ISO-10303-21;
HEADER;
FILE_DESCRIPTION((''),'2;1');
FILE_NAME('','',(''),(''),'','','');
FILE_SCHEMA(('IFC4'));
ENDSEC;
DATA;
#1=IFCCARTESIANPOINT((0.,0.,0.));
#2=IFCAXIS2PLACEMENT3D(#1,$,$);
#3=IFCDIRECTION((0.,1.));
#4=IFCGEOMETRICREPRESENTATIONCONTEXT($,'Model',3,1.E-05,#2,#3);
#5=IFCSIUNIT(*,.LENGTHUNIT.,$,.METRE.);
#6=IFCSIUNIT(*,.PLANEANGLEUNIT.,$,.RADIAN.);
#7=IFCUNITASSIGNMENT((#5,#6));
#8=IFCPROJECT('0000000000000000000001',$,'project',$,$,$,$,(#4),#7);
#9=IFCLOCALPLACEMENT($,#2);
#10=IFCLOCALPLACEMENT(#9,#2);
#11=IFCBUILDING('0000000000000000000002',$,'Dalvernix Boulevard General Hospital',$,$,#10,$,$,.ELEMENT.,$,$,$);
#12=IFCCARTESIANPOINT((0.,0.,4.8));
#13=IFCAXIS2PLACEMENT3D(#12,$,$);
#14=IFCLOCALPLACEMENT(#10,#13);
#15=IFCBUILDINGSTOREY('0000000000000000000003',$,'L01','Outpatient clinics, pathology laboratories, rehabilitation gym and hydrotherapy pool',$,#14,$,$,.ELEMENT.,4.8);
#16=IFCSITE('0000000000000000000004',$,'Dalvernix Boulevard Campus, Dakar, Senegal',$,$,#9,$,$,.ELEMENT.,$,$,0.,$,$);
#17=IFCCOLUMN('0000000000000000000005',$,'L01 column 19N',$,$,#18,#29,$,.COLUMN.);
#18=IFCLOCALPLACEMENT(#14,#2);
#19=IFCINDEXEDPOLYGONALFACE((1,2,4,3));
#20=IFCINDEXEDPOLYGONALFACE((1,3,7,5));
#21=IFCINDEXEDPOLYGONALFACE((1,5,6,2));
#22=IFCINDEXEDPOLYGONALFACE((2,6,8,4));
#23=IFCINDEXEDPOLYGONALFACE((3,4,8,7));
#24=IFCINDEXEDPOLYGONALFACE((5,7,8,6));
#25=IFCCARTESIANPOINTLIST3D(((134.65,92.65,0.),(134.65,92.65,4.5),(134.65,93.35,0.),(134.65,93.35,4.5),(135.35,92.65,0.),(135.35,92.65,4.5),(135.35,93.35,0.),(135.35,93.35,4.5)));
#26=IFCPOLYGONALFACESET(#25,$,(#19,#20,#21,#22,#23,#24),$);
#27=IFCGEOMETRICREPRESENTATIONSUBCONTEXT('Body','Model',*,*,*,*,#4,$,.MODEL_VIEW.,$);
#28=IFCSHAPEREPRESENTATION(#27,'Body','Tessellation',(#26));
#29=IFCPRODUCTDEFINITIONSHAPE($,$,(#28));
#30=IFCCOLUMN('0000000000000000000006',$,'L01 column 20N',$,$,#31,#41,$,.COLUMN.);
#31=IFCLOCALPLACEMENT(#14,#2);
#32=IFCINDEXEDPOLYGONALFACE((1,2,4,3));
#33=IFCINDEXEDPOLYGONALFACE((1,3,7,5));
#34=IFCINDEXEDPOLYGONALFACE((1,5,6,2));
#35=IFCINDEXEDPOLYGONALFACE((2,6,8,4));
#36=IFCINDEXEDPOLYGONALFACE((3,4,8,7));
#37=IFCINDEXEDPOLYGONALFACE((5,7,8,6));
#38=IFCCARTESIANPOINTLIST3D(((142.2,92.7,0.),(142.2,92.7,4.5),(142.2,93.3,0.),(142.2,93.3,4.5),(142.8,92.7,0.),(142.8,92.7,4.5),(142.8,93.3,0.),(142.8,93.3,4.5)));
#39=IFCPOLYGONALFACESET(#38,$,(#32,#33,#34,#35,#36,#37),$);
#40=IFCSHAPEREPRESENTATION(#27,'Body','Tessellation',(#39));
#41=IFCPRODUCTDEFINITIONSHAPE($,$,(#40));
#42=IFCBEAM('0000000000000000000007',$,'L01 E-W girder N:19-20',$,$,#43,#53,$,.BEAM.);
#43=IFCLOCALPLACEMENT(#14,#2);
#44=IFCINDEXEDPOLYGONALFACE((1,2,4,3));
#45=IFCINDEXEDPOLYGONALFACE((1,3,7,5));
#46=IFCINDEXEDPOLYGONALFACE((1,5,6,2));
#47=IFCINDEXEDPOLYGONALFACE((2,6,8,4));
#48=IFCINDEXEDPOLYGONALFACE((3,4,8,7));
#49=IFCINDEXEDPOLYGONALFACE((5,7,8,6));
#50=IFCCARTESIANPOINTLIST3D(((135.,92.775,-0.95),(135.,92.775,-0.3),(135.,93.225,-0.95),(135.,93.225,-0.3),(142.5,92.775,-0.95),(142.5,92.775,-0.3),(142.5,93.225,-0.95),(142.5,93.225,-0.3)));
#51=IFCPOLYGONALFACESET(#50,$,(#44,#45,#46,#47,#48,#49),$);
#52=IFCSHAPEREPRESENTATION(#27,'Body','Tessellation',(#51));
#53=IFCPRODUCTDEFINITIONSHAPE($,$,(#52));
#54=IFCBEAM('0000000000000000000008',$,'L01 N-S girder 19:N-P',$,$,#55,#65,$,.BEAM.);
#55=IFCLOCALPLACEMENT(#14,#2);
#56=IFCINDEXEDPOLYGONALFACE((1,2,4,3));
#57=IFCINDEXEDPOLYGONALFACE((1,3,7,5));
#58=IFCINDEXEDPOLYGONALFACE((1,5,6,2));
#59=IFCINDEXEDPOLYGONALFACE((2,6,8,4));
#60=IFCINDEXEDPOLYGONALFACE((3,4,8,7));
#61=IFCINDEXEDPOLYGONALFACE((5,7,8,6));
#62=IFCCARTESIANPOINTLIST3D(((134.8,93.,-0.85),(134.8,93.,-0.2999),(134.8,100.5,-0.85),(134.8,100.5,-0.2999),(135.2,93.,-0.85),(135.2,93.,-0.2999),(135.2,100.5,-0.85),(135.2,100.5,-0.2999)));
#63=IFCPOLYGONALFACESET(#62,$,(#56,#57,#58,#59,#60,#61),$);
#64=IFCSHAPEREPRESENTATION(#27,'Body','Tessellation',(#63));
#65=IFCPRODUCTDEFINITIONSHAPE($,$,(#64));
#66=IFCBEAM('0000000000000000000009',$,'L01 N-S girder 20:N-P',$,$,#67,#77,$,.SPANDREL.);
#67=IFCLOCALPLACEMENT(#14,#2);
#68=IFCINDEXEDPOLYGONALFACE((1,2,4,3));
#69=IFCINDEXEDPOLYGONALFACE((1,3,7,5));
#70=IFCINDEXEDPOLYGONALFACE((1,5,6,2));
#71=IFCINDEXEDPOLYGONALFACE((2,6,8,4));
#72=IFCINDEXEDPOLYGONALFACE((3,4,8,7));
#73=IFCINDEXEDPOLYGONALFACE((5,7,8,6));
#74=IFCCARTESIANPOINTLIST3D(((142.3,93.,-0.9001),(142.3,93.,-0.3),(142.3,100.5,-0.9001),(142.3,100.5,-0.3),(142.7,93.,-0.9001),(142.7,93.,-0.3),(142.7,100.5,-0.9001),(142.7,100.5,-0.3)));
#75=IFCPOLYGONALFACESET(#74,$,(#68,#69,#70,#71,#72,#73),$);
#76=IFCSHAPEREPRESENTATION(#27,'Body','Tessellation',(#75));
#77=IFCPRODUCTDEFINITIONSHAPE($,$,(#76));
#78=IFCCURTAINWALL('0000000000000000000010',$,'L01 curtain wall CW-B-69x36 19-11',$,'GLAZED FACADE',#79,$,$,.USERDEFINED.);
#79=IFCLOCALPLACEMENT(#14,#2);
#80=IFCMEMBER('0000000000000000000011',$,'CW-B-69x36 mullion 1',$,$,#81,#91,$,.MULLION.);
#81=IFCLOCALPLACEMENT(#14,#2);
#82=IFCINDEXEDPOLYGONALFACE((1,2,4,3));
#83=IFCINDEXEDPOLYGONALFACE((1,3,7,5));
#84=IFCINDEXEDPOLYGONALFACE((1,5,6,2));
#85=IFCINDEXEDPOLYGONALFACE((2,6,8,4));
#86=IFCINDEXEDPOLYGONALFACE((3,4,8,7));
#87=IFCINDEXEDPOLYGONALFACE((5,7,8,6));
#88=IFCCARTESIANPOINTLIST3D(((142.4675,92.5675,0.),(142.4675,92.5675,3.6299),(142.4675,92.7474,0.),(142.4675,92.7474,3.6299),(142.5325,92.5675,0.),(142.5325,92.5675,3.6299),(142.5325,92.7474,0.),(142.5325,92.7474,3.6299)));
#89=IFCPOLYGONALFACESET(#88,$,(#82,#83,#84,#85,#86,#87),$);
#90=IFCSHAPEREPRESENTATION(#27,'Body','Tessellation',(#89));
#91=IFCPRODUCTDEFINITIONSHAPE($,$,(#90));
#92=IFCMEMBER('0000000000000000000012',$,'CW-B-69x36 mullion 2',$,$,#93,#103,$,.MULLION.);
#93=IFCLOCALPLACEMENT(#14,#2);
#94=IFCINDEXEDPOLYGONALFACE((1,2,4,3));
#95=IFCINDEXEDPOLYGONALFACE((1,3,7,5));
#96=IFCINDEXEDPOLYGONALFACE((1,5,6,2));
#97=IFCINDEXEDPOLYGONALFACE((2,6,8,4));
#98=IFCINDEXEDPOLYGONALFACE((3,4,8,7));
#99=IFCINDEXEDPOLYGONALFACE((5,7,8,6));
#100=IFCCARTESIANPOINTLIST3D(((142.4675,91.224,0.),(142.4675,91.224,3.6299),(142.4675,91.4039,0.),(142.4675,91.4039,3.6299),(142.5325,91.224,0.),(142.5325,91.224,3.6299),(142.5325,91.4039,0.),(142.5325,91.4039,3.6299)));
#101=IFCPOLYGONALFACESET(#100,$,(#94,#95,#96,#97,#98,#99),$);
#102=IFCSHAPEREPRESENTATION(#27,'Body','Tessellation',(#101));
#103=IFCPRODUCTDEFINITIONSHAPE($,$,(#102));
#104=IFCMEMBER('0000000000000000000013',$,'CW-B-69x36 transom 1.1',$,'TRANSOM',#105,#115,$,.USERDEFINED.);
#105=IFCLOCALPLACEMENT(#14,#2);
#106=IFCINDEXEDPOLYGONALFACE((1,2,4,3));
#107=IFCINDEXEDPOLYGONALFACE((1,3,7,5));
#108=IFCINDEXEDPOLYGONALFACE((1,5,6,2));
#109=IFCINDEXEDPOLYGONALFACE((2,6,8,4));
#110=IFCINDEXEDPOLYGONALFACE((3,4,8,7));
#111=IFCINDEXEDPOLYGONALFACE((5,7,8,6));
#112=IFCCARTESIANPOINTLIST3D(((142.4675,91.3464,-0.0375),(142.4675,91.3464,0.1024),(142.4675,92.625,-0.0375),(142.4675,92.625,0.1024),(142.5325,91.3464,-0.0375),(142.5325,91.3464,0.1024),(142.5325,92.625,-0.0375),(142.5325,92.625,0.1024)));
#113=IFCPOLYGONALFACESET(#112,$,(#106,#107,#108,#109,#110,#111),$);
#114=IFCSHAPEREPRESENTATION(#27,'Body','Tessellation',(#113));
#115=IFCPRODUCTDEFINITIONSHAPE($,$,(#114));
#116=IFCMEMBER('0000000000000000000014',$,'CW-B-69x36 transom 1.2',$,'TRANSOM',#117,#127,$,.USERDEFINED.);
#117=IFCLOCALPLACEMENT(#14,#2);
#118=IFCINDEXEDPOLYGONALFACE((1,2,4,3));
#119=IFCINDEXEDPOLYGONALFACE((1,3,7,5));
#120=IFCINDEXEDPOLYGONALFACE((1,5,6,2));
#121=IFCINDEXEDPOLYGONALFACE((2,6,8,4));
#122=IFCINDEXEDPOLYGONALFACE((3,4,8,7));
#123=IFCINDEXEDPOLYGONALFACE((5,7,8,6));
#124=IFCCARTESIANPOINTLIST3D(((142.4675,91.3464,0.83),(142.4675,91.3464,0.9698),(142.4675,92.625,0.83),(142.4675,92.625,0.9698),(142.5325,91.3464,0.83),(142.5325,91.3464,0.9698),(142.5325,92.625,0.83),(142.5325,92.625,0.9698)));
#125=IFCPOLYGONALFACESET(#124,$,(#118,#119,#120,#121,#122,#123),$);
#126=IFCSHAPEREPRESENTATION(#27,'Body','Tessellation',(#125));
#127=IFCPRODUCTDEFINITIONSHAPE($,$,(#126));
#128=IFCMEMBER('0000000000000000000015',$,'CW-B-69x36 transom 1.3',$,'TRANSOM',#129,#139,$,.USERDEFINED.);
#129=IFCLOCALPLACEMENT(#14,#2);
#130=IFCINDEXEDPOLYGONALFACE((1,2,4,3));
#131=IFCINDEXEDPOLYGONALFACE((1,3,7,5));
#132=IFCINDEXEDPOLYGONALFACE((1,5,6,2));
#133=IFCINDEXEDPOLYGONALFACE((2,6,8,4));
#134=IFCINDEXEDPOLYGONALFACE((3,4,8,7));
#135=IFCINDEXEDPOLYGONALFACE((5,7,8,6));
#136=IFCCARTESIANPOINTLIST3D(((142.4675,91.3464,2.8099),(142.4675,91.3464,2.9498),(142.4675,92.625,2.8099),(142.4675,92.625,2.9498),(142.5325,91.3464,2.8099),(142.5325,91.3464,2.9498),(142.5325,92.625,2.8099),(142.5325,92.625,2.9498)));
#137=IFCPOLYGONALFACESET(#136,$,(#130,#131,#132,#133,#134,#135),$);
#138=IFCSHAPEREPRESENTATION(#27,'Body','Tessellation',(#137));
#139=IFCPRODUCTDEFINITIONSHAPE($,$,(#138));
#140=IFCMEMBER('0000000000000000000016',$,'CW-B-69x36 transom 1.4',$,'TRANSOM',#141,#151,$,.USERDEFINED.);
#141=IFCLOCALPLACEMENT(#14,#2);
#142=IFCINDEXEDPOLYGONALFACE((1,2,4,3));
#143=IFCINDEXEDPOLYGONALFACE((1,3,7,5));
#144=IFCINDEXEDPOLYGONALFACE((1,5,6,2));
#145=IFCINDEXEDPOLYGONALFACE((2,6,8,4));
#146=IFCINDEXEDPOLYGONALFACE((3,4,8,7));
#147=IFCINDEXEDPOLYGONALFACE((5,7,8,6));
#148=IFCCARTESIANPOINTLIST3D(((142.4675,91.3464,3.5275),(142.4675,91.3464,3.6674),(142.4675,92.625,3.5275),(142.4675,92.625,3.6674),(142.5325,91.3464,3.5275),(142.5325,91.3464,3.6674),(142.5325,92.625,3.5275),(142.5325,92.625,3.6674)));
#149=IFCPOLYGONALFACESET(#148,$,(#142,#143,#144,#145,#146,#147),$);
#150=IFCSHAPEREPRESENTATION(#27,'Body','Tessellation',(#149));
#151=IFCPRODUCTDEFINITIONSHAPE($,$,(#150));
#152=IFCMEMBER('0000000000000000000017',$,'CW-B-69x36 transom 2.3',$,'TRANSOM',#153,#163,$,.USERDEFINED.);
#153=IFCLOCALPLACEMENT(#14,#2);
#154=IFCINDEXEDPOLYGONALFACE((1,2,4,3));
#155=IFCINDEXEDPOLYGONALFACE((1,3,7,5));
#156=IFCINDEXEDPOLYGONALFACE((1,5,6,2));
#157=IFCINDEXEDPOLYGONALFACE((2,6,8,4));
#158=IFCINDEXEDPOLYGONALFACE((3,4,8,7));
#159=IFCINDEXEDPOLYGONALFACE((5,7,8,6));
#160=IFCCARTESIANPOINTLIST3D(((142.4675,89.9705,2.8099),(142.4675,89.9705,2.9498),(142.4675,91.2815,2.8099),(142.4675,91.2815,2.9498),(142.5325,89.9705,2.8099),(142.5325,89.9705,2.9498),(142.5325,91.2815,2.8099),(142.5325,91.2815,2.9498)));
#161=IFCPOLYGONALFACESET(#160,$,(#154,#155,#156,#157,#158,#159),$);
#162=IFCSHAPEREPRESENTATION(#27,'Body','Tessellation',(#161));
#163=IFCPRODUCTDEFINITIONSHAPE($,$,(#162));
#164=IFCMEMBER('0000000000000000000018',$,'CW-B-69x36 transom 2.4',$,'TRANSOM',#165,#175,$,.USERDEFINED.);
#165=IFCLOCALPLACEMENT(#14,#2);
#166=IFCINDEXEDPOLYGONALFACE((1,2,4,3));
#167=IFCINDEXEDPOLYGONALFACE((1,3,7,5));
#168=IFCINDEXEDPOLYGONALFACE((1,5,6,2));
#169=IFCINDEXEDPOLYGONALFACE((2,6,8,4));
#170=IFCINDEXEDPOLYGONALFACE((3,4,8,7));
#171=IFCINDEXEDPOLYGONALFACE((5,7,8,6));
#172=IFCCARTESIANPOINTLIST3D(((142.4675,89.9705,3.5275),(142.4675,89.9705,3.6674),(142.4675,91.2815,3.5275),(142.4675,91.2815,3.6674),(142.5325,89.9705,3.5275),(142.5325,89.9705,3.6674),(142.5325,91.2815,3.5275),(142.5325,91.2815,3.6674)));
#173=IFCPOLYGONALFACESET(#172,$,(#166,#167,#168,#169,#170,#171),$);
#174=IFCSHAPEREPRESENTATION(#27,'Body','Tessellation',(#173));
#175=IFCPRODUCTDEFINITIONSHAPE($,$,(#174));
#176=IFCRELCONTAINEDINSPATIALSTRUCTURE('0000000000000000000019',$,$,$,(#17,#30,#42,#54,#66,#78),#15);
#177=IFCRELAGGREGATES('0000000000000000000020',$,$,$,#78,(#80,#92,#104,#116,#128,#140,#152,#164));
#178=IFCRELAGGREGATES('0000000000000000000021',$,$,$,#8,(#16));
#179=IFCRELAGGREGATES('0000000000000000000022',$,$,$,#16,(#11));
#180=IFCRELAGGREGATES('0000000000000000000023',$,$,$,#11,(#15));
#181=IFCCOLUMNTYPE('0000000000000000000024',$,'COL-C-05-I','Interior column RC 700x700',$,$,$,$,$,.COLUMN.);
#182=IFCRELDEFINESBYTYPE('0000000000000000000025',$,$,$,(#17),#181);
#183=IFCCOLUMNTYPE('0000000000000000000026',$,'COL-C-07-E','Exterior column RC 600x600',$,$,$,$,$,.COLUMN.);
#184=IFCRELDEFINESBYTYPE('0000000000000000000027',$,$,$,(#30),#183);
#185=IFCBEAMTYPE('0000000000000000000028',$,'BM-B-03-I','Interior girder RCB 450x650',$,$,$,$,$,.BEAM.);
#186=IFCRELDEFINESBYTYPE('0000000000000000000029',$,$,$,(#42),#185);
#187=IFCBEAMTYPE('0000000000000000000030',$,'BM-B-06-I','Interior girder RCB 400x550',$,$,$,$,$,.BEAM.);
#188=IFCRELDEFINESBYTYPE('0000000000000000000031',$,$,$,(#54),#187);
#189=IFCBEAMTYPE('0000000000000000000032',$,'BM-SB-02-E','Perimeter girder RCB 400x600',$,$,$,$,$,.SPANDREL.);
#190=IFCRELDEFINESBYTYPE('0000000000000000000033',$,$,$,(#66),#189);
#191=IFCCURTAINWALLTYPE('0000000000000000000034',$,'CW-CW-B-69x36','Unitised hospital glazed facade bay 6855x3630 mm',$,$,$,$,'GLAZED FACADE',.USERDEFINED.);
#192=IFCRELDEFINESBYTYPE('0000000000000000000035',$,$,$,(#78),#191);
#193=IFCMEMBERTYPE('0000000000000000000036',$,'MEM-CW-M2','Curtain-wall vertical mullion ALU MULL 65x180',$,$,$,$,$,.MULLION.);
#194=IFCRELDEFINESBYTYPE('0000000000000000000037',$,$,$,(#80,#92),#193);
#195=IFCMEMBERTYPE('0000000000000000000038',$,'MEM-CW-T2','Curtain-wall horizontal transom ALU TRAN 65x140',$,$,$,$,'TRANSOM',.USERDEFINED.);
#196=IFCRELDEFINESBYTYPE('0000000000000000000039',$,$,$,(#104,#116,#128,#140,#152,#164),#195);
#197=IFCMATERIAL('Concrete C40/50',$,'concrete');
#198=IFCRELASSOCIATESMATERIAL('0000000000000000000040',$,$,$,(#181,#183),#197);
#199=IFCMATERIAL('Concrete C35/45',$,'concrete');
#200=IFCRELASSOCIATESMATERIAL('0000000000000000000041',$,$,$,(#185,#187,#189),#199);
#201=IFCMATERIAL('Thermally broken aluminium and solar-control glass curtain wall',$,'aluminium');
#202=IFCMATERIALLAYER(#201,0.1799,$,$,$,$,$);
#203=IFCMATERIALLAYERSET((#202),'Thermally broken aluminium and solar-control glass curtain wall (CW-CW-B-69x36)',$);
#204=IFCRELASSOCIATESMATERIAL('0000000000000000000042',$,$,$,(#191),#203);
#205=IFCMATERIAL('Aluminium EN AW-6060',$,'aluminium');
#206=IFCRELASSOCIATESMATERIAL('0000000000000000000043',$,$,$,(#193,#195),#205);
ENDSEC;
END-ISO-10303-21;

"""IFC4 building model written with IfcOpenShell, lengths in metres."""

from ifc_helpers import new_model, si_unit, direction, frame, origin, origin_2d, place, context, subcontext, project, spatial, rectangle, extrude, material, layer, layer_set, material_profile, profile_set, type_object, element, aggregate, save


model = new_model("IFC4")

# Units and contexts
model_context = context("Model", 3, precision=1e-05, world=origin(), true_north=direction((0.0, 1.0)))
body_context = subcontext(model_context, "Body", "Model", "MODEL_VIEW")
ifc_project = project(units=[si_unit("LENGTHUNIT", "METRE"), si_unit("PLANEANGLEUNIT", "RADIAN")], contexts=[model_context])

# Site, building, storey
site_placement = place(None, origin())
site = spatial("IfcSite", under=ifc_project, at=site_placement, Name="Dalvernix Boulevard Campus, Dakar, Senegal", CompositionType="ELEMENT", RefElevation=0.0)
building_placement = place(site_placement, origin())
building = spatial("IfcBuilding", under=site, at=building_placement, Name="Dalvernix Boulevard General Hospital", CompositionType="ELEMENT")
storey_placement = place(building_placement, frame((0.0, 0.0, 4.8)))
storey = spatial("IfcBuildingStorey", under=building, at=storey_placement, Name="L01", Description="Outpatient clinics, pathology laboratories, rehabilitation gym and hydrotherapy pool", CompositionType="ELEMENT", Elevation=4.8)

# Columns
ifc_material_1 = material(Name="Concrete C40/50", Category="concrete")
ifc_material_profile_1 = material_profile(ifc_material_1, rectangle(XDim=0.7, YDim=0.7, at=origin_2d()), Name="RC 700x700")
ifc_profile_set_1 = profile_set([ifc_material_profile_1], Name="Concrete C40/50")
column_type_1 = type_object("IfcColumnType", Name="COL-C-05-I", Description="Interior column RC 700x700", PredefinedType="COLUMN", material=ifc_profile_set_1)
column_1_placement = place(storey_placement, frame((135.0, 93.0, 0.0), z_axis=(0.0, 0.0, 1.0), x_axis=(1.0, 0.0, 0.0)))
element("IfcColumn", 1, at=column_1_placement, inside=storey, type_object=column_type_1, Name="L01 column 19N", PredefinedType="COLUMN", context=body_context, shape_type="SweptSolid", body=[
    extrude(rectangle(XDim=0.7, YDim=0.7, at=origin_2d()), origin(), (0.0, 0.0, 1.0), 4.5),
])
ifc_material_profile_2 = material_profile(ifc_material_1, rectangle(XDim=0.6001, YDim=0.6001, at=origin_2d()), Name="RC 600x600")
ifc_profile_set_2 = profile_set([ifc_material_profile_2], Name="Concrete C40/50")
column_type_2 = type_object("IfcColumnType", Name="COL-C-07-E", Description="Exterior column RC 600x600", PredefinedType="COLUMN", material=ifc_profile_set_2)
column_2_placement = place(storey_placement, frame((142.5, 93.0, 0.0), z_axis=(0.0, 0.0, 1.0), x_axis=(1.0, 0.0, 0.0)))
element("IfcColumn", 2, at=column_2_placement, inside=storey, type_object=column_type_2, Name="L01 column 20N", PredefinedType="COLUMN", context=body_context, shape_type="SweptSolid", body=[
    extrude(rectangle(XDim=0.6001, YDim=0.6001, at=origin_2d()), origin(), (0.0, 0.0, 1.0), 4.5),
])

# Beams
ifc_material_2 = material(Name="Concrete C35/45", Category="concrete")
ifc_material_profile_3 = material_profile(ifc_material_2, rectangle(XDim=0.45, YDim=0.6499, at=origin_2d()), Name="RCB 450x650")
ifc_profile_set_3 = profile_set([ifc_material_profile_3], Name="Concrete C35/45")
beam_type_1 = type_object("IfcBeamType", Name="BM-B-03-I", Description="Interior girder RCB 450x650", PredefinedType="BEAM", material=ifc_profile_set_3)
beam_1_placement = place(storey_placement, frame((135.0, 93.0, -0.625), z_axis=(1.0, 0.0, 0.0), x_axis=(0.0, 1.0, 0.0)))
element("IfcBeam", 3, at=beam_1_placement, inside=storey, type_object=beam_type_1, Name="L01 E-W girder N:19-20", PredefinedType="BEAM", context=body_context, shape_type="SweptSolid", body=[
    extrude(rectangle(XDim=0.45, YDim=0.6499, at=origin_2d()), origin(), (0.0, 0.0, 1.0), 7.5),
])
ifc_material_profile_4 = material_profile(ifc_material_2, rectangle(XDim=0.3999, YDim=0.55, at=origin_2d()), Name="RCB 400x550")
ifc_profile_set_4 = profile_set([ifc_material_profile_4], Name="Concrete C35/45")
beam_type_2 = type_object("IfcBeamType", Name="BM-B-06-I", Description="Interior girder RCB 400x550", PredefinedType="BEAM", material=ifc_profile_set_4)
beam_2_placement = place(storey_placement, frame((135.0, 93.0, -0.575), z_axis=(0.0, 1.0, 0.0), x_axis=(-1.0, 0.0, 0.0)))
element("IfcBeam", 4, at=beam_2_placement, inside=storey, type_object=beam_type_2, Name="L01 N-S girder 19:N-P", PredefinedType="BEAM", context=body_context, shape_type="SweptSolid", body=[
    extrude(rectangle(XDim=0.3999, YDim=0.55, at=origin_2d()), origin(), (0.0, 0.0, 1.0), 7.5),
])
ifc_material_profile_5 = material_profile(ifc_material_2, rectangle(XDim=0.3999, YDim=0.6001, at=origin_2d()), Name="RCB 400x600")
ifc_profile_set_5 = profile_set([ifc_material_profile_5], Name="Concrete C35/45")
beam_type_3 = type_object("IfcBeamType", Name="BM-SB-02-E", Description="Perimeter girder RCB 400x600", PredefinedType="SPANDREL", material=ifc_profile_set_5)
beam_3_placement = place(storey_placement, frame((142.5, 93.0, -0.6001), z_axis=(0.0, 1.0, 0.0), x_axis=(-1.0, 0.0, 0.0)))
element("IfcBeam", 5, at=beam_3_placement, inside=storey, type_object=beam_type_3, Name="L01 N-S girder 20:N-P", PredefinedType="SPANDREL", context=body_context, shape_type="SweptSolid", body=[
    extrude(rectangle(XDim=0.3999, YDim=0.6001, at=origin_2d()), origin(), (0.0, 0.0, 1.0), 7.5),
])

# Curtain wall, members
ifc_material_3 = material(Name="Thermally broken aluminium and solar-control glass curtain wall", Category="aluminium")
ifc_layer_1 = layer(ifc_material_3, 0.1799)
ifc_layer_set_1 = layer_set([ifc_layer_1], Name="Thermally broken aluminium and solar-control glass curtain wall (CW-CW-B-69x36)")
curtain_wall_type = type_object("IfcCurtainWallType", Name="CW-CW-B-69x36", Description="Unitised hospital glazed facade bay 6855x3630 mm", ElementType="GLAZED FACADE", PredefinedType="USERDEFINED", material=ifc_layer_set_1)
curtain_wall_placement = place(storey_placement, origin())
curtain_wall = element("IfcCurtainWall", 6, at=curtain_wall_placement, inside=storey, type_object=curtain_wall_type, Name="L01 curtain wall CW-B-69x36 19-11", ObjectType="GLAZED FACADE", PredefinedType="USERDEFINED")
ifc_material_4 = material(Name="Aluminium EN AW-6060", Category="aluminium")
ifc_material_profile_6 = material_profile(ifc_material_4, rectangle(XDim=0.0649, YDim=0.1799, at=origin_2d()), Name="ALU MULL 65x180")
ifc_profile_set_6 = profile_set([ifc_material_profile_6], Name="Aluminium EN AW-6060")
member_type_1 = type_object("IfcMemberType", Name="MEM-CW-M2", Description="Curtain-wall vertical mullion ALU MULL 65x180", PredefinedType="MULLION", material=ifc_profile_set_6)
member_1_placement = place(storey_placement, frame((142.5, 92.6575, 0.0), z_axis=(0.0, 0.0, 1.0), x_axis=(1.0, 0.0, 0.0)))
member_1 = element("IfcMember", 7, at=member_1_placement, type_object=member_type_1, Name="CW-B-69x36 mullion 1", PredefinedType="MULLION", context=body_context, shape_type="SweptSolid", body=[
    extrude(rectangle(XDim=0.0649, YDim=0.1799, at=origin_2d()), origin(), (0.0, 0.0, 1.0), 3.6299),
])
member_2_placement = place(storey_placement, frame((142.5, 91.314, 0.0), z_axis=(0.0, 0.0, 1.0), x_axis=(1.0, 0.0, 0.0)))
member_2 = element("IfcMember", 8, at=member_2_placement, type_object=member_type_1, Name="CW-B-69x36 mullion 2", PredefinedType="MULLION", context=body_context, shape_type="SweptSolid", body=[
    extrude(rectangle(XDim=0.0649, YDim=0.1799, at=origin_2d()), origin(), (0.0, 0.0, 1.0), 3.6299),
])
ifc_material_profile_7 = material_profile(ifc_material_4, rectangle(XDim=0.0649, YDim=0.1399, at=origin_2d()), Name="ALU TRAN 65x140")
ifc_profile_set_7 = profile_set([ifc_material_profile_7], Name="Aluminium EN AW-6060")
member_type_2 = type_object("IfcMemberType", Name="MEM-CW-T2", Description="Curtain-wall horizontal transom ALU TRAN 65x140", ElementType="TRANSOM", PredefinedType="USERDEFINED", material=ifc_profile_set_7)
member_3_placement = place(storey_placement, frame((142.5, 92.625, 0.0325), z_axis=(0.0, -1.0, 0.0), x_axis=(1.0, 0.0, 0.0)))
member_3 = element("IfcMember", 9, at=member_3_placement, type_object=member_type_2, Name="CW-B-69x36 transom 1.1", ObjectType="TRANSOM", PredefinedType="USERDEFINED", context=body_context, shape_type="SweptSolid", body=[
    extrude(rectangle(XDim=0.0649, YDim=0.1399, at=origin_2d()), origin(), (0.0, 0.0, 1.0), 1.2786),
])
member_4_placement = place(storey_placement, frame((142.5, 92.625, 0.8999), z_axis=(0.0, -1.0, 0.0), x_axis=(1.0, 0.0, 0.0)))
member_4 = element("IfcMember", 10, at=member_4_placement, type_object=member_type_2, Name="CW-B-69x36 transom 1.2", ObjectType="TRANSOM", PredefinedType="USERDEFINED", context=body_context, shape_type="SweptSolid", body=[
    extrude(rectangle(XDim=0.0649, YDim=0.1399, at=origin_2d()), origin(), (0.0, 0.0, 1.0), 1.2786),
])
member_5_placement = place(storey_placement, frame((142.5, 92.625, 2.8799), z_axis=(0.0, -1.0, 0.0), x_axis=(1.0, 0.0, 0.0)))
member_5 = element("IfcMember", 11, at=member_5_placement, type_object=member_type_2, Name="CW-B-69x36 transom 1.3", ObjectType="TRANSOM", PredefinedType="USERDEFINED", context=body_context, shape_type="SweptSolid", body=[
    extrude(rectangle(XDim=0.0649, YDim=0.1399, at=origin_2d()), origin(), (0.0, 0.0, 1.0), 1.2786),
])
member_6_placement = place(storey_placement, frame((142.5, 92.625, 3.5974), z_axis=(0.0, -1.0, 0.0), x_axis=(1.0, 0.0, 0.0)))
member_6 = element("IfcMember", 12, at=member_6_placement, type_object=member_type_2, Name="CW-B-69x36 transom 1.4", ObjectType="TRANSOM", PredefinedType="USERDEFINED", context=body_context, shape_type="SweptSolid", body=[
    extrude(rectangle(XDim=0.0649, YDim=0.1399, at=origin_2d()), origin(), (0.0, 0.0, 1.0), 1.2786),
])
member_7_placement = place(storey_placement, frame((142.5, 91.2815, 2.8799), z_axis=(0.0, -1.0, 0.0), x_axis=(1.0, 0.0, 0.0)))
member_7 = element("IfcMember", 13, at=member_7_placement, type_object=member_type_2, Name="CW-B-69x36 transom 2.3", ObjectType="TRANSOM", PredefinedType="USERDEFINED", context=body_context, shape_type="SweptSolid", body=[
    extrude(rectangle(XDim=0.0649, YDim=0.1399, at=origin_2d()), origin(), (0.0, 0.0, 1.0), 1.311),
])
member_8_placement = place(storey_placement, frame((142.5, 91.2815, 3.5974), z_axis=(0.0, -1.0, 0.0), x_axis=(1.0, 0.0, 0.0)))
member_8 = element("IfcMember", 14, at=member_8_placement, type_object=member_type_2, Name="CW-B-69x36 transom 2.4", ObjectType="TRANSOM", PredefinedType="USERDEFINED", context=body_context, shape_type="SweptSolid", body=[
    extrude(rectangle(XDim=0.0649, YDim=0.1399, at=origin_2d()), origin(), (0.0, 0.0, 1.0), 1.311),
])
aggregate(curtain_wall, [member_1, member_2, member_3, member_4, member_5, member_6, member_7, member_8])

save(model, "model.ifc")
